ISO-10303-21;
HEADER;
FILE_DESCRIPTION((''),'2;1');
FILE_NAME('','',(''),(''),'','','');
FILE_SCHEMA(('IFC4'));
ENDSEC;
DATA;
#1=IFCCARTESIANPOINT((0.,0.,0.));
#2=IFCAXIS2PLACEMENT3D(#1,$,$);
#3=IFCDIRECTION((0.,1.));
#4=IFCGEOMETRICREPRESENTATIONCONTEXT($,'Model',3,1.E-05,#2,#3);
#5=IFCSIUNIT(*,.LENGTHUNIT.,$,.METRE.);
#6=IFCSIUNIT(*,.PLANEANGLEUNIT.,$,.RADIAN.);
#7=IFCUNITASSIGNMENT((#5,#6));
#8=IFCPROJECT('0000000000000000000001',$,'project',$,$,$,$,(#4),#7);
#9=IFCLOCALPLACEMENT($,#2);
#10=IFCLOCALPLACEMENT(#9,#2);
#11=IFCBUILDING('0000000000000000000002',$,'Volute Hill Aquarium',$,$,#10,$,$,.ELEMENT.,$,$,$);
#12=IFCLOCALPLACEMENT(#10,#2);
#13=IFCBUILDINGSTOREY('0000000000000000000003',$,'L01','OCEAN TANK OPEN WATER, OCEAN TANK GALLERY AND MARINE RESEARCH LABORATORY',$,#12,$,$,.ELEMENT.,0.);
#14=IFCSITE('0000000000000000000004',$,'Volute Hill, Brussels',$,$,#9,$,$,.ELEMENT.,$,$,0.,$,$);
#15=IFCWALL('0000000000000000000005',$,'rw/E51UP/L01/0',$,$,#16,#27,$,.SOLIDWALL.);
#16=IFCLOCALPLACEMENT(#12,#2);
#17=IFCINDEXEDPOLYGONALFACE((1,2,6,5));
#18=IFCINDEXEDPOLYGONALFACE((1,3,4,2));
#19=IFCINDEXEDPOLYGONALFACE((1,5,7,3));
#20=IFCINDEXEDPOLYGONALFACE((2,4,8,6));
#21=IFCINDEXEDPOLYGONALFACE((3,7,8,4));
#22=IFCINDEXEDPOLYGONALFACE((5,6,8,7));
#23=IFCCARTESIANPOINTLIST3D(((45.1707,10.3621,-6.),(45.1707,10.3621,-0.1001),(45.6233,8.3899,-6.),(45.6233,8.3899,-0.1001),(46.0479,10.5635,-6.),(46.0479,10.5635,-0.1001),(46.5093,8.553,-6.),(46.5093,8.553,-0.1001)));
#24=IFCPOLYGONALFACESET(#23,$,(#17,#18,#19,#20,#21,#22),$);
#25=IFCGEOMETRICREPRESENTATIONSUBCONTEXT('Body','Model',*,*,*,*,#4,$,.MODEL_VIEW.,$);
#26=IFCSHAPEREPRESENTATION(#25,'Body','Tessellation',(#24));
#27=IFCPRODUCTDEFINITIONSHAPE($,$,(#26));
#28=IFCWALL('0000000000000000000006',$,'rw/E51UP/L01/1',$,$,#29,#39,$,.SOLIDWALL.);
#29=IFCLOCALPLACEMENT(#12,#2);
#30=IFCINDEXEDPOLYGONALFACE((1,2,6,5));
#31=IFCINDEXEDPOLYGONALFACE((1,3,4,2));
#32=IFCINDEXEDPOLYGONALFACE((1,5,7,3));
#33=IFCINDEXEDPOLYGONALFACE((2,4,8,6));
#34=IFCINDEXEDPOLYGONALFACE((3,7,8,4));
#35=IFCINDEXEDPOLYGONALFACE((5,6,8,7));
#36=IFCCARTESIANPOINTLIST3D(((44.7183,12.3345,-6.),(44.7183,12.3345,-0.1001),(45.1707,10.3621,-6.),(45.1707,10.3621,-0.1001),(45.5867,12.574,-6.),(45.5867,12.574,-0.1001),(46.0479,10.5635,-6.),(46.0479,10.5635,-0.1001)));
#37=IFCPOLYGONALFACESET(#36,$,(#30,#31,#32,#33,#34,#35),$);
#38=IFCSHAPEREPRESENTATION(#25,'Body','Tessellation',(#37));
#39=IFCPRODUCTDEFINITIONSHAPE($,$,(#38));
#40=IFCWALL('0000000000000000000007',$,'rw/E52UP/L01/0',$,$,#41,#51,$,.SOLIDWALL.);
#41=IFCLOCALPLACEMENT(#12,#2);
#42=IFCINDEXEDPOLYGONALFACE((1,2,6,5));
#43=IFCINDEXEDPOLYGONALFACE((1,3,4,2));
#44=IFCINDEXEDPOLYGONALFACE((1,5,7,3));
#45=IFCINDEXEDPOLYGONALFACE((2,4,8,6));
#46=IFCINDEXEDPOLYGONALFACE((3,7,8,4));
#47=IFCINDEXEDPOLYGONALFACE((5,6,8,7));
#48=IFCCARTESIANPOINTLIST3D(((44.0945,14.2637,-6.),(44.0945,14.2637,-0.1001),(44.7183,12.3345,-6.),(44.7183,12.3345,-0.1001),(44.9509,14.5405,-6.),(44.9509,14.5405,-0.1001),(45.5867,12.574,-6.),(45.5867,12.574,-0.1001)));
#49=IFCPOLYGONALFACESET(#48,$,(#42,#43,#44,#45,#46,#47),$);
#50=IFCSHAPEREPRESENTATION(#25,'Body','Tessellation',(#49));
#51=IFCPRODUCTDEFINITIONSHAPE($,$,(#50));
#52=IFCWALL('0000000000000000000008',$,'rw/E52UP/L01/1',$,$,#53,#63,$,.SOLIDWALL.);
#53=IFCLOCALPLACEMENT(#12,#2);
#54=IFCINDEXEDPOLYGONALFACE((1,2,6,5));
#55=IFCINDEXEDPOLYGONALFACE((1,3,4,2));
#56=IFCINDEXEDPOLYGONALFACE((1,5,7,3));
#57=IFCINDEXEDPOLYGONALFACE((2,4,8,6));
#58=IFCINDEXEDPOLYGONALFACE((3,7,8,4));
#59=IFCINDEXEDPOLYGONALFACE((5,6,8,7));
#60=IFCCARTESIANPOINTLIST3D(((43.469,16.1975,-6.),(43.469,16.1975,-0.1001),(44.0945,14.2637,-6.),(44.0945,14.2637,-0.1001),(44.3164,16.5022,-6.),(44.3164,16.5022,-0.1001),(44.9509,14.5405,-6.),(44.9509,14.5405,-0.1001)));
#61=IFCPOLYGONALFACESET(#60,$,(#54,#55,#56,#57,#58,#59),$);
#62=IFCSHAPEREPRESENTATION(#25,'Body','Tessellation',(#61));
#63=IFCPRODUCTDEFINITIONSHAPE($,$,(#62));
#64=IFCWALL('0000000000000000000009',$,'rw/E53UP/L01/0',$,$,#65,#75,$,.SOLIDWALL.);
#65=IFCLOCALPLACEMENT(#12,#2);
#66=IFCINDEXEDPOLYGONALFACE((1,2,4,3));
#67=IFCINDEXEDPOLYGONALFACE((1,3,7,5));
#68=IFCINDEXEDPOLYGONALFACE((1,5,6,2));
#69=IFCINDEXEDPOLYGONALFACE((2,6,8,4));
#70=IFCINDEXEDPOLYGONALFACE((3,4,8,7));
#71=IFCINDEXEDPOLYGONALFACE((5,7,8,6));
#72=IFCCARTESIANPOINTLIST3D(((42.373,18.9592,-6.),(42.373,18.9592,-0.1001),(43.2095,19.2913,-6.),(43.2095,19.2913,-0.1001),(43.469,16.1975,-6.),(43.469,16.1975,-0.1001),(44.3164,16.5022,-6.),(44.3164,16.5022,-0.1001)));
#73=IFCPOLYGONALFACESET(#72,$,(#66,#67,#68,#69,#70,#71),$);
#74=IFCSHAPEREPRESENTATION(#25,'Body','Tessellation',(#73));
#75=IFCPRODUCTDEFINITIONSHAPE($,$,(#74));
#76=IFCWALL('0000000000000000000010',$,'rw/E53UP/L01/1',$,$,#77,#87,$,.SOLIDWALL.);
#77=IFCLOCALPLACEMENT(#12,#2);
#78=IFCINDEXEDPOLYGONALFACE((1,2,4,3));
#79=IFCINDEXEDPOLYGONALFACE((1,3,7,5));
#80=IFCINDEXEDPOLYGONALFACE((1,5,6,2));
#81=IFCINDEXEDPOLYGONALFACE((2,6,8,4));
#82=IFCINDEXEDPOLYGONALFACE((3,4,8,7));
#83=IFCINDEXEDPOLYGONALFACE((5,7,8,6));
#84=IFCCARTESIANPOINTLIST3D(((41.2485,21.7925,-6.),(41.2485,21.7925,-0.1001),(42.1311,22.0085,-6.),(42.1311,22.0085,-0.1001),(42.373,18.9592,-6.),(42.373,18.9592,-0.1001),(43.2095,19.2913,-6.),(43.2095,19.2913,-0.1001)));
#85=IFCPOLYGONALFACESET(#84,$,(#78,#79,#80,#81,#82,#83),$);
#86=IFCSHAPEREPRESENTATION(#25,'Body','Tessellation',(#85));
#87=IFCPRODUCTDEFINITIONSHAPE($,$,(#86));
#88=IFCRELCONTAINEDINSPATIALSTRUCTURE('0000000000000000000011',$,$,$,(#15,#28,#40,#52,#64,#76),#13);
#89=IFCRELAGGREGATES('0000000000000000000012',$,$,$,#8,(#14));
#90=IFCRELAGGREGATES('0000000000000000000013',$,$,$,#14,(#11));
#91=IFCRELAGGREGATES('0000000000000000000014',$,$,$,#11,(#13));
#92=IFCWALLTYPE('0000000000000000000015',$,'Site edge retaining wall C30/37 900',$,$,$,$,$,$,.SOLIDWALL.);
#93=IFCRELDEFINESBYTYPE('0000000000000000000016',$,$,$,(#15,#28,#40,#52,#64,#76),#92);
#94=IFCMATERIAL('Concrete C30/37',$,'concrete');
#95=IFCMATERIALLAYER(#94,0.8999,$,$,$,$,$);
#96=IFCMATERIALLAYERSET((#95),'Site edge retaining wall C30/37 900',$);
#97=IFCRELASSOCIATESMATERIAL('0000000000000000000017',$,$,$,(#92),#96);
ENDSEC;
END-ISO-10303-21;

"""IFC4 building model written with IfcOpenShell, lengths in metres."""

from ifc_helpers import new_model, si_unit, direction, frame, origin, place, context, subcontext, project, spatial, polyline, outline, extrude, material, layer, layer_set, type_object, element, save


model = new_model("IFC4")

# Units and contexts
model_context = context("Model", 3, precision=1e-05, world=origin(), true_north=direction((0.0, 1.0)))
body_context = subcontext(model_context, "Body", "Model", "MODEL_VIEW")
ifc_project = project(units=[si_unit("LENGTHUNIT", "METRE"), si_unit("PLANEANGLEUNIT", "RADIAN")], contexts=[model_context])

# Site, building, storey
site_placement = place(None, origin())
site = spatial("IfcSite", under=ifc_project, at=site_placement, Name="Volute Hill, Brussels", CompositionType="ELEMENT", RefElevation=0.0)
building_placement = place(site_placement, origin())
building = spatial("IfcBuilding", under=site, at=building_placement, Name="Volute Hill Aquarium", CompositionType="ELEMENT")
storey_placement = place(building_placement, origin())
storey = spatial("IfcBuildingStorey", under=building, at=storey_placement, Name="L01", Description="OCEAN TANK OPEN WATER, OCEAN TANK GALLERY AND MARINE RESEARCH LABORATORY", CompositionType="ELEMENT", Elevation=0.0)

# Walls
ifc_material = material(Name="Concrete C30/37", Category="concrete")
ifc_layer = layer(ifc_material, 0.8999)
ifc_layer_set = layer_set([ifc_layer], Name="Site edge retaining wall C30/37 900")
wall_type = type_object("IfcWallType", Name="Site edge retaining wall C30/37 900", PredefinedType="SOLIDWALL", material=ifc_layer_set)
wall_1_placement = place(storey_placement, frame((0.0, 0.0, -6.0)))
element("IfcWall", 1, at=wall_1_placement, inside=storey, type_object=wall_type, Name="rw/E51UP/L01/0", PredefinedType="SOLIDWALL", context=body_context, shape_type="SweptSolid", body=[
    extrude(outline(polyline([(46.5093, 8.553), (46.0479, 10.5635), (45.1707, 10.3621), (45.6233, 8.3899), (46.5093, 8.553)])), origin(), (0.0, 0.0, 1.0), 5.8999),
])
wall_2_placement = place(storey_placement, frame((0.0, 0.0, -6.0)))
element("IfcWall", 2, at=wall_2_placement, inside=storey, type_object=wall_type, Name="rw/E51UP/L01/1", PredefinedType="SOLIDWALL", context=body_context, shape_type="SweptSolid", body=[
    extrude(outline(polyline([(46.0479, 10.5635), (45.5867, 12.574), (44.7183, 12.3345), (44.7183, 12.3345), (45.1707, 10.3621), (46.0479, 10.5635)])), origin(), (0.0, 0.0, 1.0), 5.8999),
])
wall_3_placement = place(storey_placement, frame((0.0, 0.0, -6.0)))
element("IfcWall", 3, at=wall_3_placement, inside=storey, type_object=wall_type, Name="rw/E52UP/L01/0", PredefinedType="SOLIDWALL", context=body_context, shape_type="SweptSolid", body=[
    extrude(outline(polyline([(45.5867, 12.574), (44.9509, 14.5405), (44.0945, 14.2637), (44.7183, 12.3345), (45.5867, 12.574), (45.5867, 12.574)])), origin(), (0.0, 0.0, 1.0), 5.8999),
])
wall_4_placement = place(storey_placement, frame((0.0, 0.0, -6.0)))
element("IfcWall", 4, at=wall_4_placement, inside=storey, type_object=wall_type, Name="rw/E52UP/L01/1", PredefinedType="SOLIDWALL", context=body_context, shape_type="SweptSolid", body=[
    extrude(outline(polyline([(44.9509, 14.5405), (44.3164, 16.5022), (43.469, 16.1975), (43.469, 16.1975), (44.0945, 14.2637), (44.9509, 14.5405)])), origin(), (0.0, 0.0, 1.0), 5.8999),
])
wall_5_placement = place(storey_placement, frame((0.0, 0.0, -6.0)))
element("IfcWall", 5, at=wall_5_placement, inside=storey, type_object=wall_type, Name="rw/E53UP/L01/0", PredefinedType="SOLIDWALL", context=body_context, shape_type="SweptSolid", body=[
    extrude(outline(polyline([(44.3164, 16.5022), (43.2095, 19.2913), (42.373, 18.9592), (43.469, 16.1975), (44.3164, 16.5022), (44.3164, 16.5022)])), origin(), (0.0, 0.0, 1.0), 5.8999),
])
wall_6_placement = place(storey_placement, frame((0.0, 0.0, -6.0)))
element("IfcWall", 6, at=wall_6_placement, inside=storey, type_object=wall_type, Name="rw/E53UP/L01/1", PredefinedType="SOLIDWALL", context=body_context, shape_type="SweptSolid", body=[
    extrude(outline(polyline([(42.1311, 22.0085), (42.1311, 22.0085), (41.2485, 21.7925), (41.2485, 21.7925), (42.373, 18.9592), (43.2095, 19.2913), (42.1311, 22.0085)])), origin(), (0.0, 0.0, 1.0), 5.8999),
])

save(model, "model.ifc")
